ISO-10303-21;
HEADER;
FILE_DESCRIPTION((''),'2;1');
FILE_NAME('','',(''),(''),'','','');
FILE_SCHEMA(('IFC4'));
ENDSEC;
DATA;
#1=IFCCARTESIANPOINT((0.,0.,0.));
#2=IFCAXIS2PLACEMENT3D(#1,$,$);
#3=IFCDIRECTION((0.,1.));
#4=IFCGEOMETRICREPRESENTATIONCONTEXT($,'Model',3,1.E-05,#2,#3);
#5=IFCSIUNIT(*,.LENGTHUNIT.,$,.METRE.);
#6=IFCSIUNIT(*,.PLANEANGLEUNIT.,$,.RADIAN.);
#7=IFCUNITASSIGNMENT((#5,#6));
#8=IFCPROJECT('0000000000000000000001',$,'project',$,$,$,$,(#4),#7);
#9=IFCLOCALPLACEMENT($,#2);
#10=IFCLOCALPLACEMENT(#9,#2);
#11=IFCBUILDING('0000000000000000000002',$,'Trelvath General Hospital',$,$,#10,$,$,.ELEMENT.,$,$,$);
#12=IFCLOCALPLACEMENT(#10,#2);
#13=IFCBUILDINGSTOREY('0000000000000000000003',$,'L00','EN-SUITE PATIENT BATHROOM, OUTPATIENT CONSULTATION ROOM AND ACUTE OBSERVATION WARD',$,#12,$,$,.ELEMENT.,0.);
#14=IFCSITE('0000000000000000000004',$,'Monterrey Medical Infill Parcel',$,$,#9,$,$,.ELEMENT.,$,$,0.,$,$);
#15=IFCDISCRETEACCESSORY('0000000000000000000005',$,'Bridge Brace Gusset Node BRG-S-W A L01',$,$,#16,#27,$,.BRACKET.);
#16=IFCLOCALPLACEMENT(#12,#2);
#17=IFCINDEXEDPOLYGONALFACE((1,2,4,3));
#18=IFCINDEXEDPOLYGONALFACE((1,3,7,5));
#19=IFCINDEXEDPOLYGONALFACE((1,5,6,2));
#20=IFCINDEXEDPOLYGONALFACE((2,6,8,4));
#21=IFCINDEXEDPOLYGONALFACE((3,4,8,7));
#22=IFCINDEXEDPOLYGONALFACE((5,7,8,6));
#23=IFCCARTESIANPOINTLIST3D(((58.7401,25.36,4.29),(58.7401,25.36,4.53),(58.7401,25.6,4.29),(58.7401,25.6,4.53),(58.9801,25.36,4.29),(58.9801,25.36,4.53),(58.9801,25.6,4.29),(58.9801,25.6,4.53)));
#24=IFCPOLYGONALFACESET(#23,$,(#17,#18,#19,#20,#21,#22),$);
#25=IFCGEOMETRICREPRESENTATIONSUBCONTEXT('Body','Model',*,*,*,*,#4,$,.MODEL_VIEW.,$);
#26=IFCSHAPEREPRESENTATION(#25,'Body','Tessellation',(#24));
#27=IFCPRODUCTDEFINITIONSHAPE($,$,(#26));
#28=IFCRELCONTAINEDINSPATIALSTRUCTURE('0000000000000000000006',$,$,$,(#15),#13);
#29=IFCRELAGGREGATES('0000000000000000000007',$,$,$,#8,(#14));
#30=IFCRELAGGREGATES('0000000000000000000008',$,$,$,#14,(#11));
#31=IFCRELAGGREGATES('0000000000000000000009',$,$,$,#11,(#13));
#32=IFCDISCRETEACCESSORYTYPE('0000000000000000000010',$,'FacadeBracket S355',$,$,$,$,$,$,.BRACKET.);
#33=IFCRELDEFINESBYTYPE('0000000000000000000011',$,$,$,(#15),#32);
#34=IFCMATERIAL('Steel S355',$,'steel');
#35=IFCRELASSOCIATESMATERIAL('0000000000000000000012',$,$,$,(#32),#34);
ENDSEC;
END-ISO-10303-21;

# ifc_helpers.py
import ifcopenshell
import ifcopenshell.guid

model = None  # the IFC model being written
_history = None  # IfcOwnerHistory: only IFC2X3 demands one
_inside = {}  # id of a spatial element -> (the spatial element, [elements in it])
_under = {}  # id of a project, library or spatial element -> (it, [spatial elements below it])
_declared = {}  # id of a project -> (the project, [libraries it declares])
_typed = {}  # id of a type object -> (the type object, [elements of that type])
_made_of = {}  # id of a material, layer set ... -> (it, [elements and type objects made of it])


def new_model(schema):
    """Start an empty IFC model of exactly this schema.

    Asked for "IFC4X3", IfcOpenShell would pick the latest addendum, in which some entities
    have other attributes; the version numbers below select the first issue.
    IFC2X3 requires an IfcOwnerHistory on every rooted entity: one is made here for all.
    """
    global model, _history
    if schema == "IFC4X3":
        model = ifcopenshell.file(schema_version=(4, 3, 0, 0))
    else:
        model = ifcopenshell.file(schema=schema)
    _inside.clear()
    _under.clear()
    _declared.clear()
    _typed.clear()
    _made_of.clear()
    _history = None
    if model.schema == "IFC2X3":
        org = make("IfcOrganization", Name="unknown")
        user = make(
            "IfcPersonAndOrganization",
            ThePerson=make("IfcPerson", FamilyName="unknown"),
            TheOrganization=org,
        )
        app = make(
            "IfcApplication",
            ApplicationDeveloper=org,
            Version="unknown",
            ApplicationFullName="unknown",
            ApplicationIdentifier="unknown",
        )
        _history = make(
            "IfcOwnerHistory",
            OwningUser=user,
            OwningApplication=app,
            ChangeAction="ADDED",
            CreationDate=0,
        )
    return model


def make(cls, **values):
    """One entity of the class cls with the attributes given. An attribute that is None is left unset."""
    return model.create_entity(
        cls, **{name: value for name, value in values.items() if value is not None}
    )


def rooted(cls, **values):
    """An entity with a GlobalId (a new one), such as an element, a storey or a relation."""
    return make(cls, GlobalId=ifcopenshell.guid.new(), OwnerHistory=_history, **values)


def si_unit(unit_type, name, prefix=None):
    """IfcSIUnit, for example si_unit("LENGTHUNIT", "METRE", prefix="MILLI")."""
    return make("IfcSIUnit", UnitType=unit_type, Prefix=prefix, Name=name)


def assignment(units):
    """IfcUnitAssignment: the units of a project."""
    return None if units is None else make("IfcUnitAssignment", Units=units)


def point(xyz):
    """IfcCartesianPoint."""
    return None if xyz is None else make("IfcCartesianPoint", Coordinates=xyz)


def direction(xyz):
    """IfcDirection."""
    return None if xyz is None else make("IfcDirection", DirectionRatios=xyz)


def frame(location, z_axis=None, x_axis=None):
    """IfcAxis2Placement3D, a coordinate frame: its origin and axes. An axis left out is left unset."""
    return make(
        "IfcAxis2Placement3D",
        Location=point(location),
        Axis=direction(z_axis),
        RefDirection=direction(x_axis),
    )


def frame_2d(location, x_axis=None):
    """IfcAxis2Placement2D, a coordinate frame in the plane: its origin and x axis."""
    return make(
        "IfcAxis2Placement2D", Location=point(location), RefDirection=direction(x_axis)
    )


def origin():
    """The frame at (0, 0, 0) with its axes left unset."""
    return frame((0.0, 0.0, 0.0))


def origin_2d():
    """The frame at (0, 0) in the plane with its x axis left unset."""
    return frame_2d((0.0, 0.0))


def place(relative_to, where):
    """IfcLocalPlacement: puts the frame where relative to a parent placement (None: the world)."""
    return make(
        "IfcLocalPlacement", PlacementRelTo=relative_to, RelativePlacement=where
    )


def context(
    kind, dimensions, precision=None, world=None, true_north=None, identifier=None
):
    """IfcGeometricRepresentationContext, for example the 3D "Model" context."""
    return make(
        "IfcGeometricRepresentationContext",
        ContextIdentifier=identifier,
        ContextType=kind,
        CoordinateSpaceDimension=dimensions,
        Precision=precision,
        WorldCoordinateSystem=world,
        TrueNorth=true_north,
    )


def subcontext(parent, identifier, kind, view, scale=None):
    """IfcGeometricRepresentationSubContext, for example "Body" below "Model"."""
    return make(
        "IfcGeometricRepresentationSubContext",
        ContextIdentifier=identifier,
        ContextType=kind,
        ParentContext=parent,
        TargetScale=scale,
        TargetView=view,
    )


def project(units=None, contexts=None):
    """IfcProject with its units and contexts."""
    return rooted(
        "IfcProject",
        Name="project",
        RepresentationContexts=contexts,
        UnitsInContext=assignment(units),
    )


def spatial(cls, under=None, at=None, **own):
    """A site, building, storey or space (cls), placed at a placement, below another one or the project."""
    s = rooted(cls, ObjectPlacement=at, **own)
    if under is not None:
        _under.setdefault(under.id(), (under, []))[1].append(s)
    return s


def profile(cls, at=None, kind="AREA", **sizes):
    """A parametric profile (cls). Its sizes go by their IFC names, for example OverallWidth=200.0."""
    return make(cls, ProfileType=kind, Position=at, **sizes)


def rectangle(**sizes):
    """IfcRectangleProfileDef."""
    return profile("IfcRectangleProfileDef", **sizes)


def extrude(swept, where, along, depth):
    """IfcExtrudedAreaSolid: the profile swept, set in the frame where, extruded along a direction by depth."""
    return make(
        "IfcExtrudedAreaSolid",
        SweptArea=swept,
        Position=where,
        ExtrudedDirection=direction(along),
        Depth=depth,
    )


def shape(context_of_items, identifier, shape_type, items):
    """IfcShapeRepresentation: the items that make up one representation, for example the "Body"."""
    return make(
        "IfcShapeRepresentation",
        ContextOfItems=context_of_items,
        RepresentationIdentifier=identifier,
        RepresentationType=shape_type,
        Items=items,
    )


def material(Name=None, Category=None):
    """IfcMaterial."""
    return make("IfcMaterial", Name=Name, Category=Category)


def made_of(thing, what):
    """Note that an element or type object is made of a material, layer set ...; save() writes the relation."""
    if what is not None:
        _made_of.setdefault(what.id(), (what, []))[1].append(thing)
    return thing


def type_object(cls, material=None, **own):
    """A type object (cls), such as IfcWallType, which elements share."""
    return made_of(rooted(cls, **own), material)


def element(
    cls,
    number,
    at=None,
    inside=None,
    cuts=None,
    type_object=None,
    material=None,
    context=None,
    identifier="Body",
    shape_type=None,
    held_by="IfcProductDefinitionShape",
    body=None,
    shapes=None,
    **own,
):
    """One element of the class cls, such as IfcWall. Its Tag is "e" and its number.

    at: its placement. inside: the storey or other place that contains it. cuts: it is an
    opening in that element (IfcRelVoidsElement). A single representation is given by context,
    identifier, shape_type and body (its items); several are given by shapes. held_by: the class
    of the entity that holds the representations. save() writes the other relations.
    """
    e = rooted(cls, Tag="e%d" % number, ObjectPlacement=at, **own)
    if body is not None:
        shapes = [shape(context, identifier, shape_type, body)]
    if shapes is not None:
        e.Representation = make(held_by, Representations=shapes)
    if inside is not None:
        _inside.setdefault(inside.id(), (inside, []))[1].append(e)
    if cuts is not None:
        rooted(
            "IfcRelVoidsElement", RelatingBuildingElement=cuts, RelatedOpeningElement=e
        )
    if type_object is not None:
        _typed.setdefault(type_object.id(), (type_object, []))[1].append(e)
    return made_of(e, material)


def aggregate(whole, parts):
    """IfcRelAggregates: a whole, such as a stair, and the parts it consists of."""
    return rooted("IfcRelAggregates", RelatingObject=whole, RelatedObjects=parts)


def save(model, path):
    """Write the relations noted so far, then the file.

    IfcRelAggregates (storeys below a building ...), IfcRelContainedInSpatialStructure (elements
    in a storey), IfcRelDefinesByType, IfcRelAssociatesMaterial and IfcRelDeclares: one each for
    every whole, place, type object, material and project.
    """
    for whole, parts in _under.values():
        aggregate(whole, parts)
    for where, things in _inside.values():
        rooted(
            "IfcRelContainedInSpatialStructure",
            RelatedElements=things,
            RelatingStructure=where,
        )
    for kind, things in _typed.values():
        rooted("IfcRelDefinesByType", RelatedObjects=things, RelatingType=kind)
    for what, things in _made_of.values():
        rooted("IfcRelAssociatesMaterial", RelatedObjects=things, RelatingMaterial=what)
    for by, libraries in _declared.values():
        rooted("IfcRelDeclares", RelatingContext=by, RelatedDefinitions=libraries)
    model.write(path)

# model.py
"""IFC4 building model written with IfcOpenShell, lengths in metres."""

from ifc_helpers import new_model, si_unit, direction, frame, origin, origin_2d, place, context, subcontext, project, spatial, rectangle, extrude, material, type_object, element, save


model = new_model("IFC4")

# Units and contexts
model_context = context("Model", 3, precision=1e-05, world=origin(), true_north=direction((0.0, 1.0)))
body_context = subcontext(model_context, "Body", "Model", "MODEL_VIEW")
ifc_project = project(units=[si_unit("LENGTHUNIT", "METRE"), si_unit("PLANEANGLEUNIT", "RADIAN")], contexts=[model_context])

# Site, building, storey
site_placement = place(None, origin())
site = spatial("IfcSite", under=ifc_project, at=site_placement, Name="Monterrey Medical Infill Parcel", CompositionType="ELEMENT", RefElevation=0.0)
building_placement = place(site_placement, origin())
building = spatial("IfcBuilding", under=site, at=building_placement, Name="Trelvath General Hospital", CompositionType="ELEMENT")
storey_placement = place(building_placement, origin())
storey = spatial("IfcBuildingStorey", under=building, at=storey_placement, Name="L00", Description="EN-SUITE PATIENT BATHROOM, OUTPATIENT CONSULTATION ROOM AND ACUTE OBSERVATION WARD", CompositionType="ELEMENT", Elevation=0.0)

# Discrete accessory
ifc_material_1 = material(Name="Steel S355", Category="steel")
discrete_accessory_type = type_object("IfcDiscreteAccessoryType", Name="FacadeBracket S355", PredefinedType="BRACKET", material=ifc_material_1)
discrete_accessory_placement = place(storey_placement, frame((58.8601, 25.48, 4.29), z_axis=(0.0, 0.0, 1.0), x_axis=(1.0, 0.0, 0.0)))
element("IfcDiscreteAccessory", 1, at=discrete_accessory_placement, inside=storey, type_object=discrete_accessory_type, Name="Bridge Brace Gusset Node BRG-S-W A L01", PredefinedType="BRACKET", context=body_context, shape_type="SweptSolid", body=[
    extrude(rectangle(XDim=0.24, YDim=0.24, at=origin_2d()), origin(), (0.0, 0.0, 1.0), 0.24),
])

save(model, "model.ifc")
